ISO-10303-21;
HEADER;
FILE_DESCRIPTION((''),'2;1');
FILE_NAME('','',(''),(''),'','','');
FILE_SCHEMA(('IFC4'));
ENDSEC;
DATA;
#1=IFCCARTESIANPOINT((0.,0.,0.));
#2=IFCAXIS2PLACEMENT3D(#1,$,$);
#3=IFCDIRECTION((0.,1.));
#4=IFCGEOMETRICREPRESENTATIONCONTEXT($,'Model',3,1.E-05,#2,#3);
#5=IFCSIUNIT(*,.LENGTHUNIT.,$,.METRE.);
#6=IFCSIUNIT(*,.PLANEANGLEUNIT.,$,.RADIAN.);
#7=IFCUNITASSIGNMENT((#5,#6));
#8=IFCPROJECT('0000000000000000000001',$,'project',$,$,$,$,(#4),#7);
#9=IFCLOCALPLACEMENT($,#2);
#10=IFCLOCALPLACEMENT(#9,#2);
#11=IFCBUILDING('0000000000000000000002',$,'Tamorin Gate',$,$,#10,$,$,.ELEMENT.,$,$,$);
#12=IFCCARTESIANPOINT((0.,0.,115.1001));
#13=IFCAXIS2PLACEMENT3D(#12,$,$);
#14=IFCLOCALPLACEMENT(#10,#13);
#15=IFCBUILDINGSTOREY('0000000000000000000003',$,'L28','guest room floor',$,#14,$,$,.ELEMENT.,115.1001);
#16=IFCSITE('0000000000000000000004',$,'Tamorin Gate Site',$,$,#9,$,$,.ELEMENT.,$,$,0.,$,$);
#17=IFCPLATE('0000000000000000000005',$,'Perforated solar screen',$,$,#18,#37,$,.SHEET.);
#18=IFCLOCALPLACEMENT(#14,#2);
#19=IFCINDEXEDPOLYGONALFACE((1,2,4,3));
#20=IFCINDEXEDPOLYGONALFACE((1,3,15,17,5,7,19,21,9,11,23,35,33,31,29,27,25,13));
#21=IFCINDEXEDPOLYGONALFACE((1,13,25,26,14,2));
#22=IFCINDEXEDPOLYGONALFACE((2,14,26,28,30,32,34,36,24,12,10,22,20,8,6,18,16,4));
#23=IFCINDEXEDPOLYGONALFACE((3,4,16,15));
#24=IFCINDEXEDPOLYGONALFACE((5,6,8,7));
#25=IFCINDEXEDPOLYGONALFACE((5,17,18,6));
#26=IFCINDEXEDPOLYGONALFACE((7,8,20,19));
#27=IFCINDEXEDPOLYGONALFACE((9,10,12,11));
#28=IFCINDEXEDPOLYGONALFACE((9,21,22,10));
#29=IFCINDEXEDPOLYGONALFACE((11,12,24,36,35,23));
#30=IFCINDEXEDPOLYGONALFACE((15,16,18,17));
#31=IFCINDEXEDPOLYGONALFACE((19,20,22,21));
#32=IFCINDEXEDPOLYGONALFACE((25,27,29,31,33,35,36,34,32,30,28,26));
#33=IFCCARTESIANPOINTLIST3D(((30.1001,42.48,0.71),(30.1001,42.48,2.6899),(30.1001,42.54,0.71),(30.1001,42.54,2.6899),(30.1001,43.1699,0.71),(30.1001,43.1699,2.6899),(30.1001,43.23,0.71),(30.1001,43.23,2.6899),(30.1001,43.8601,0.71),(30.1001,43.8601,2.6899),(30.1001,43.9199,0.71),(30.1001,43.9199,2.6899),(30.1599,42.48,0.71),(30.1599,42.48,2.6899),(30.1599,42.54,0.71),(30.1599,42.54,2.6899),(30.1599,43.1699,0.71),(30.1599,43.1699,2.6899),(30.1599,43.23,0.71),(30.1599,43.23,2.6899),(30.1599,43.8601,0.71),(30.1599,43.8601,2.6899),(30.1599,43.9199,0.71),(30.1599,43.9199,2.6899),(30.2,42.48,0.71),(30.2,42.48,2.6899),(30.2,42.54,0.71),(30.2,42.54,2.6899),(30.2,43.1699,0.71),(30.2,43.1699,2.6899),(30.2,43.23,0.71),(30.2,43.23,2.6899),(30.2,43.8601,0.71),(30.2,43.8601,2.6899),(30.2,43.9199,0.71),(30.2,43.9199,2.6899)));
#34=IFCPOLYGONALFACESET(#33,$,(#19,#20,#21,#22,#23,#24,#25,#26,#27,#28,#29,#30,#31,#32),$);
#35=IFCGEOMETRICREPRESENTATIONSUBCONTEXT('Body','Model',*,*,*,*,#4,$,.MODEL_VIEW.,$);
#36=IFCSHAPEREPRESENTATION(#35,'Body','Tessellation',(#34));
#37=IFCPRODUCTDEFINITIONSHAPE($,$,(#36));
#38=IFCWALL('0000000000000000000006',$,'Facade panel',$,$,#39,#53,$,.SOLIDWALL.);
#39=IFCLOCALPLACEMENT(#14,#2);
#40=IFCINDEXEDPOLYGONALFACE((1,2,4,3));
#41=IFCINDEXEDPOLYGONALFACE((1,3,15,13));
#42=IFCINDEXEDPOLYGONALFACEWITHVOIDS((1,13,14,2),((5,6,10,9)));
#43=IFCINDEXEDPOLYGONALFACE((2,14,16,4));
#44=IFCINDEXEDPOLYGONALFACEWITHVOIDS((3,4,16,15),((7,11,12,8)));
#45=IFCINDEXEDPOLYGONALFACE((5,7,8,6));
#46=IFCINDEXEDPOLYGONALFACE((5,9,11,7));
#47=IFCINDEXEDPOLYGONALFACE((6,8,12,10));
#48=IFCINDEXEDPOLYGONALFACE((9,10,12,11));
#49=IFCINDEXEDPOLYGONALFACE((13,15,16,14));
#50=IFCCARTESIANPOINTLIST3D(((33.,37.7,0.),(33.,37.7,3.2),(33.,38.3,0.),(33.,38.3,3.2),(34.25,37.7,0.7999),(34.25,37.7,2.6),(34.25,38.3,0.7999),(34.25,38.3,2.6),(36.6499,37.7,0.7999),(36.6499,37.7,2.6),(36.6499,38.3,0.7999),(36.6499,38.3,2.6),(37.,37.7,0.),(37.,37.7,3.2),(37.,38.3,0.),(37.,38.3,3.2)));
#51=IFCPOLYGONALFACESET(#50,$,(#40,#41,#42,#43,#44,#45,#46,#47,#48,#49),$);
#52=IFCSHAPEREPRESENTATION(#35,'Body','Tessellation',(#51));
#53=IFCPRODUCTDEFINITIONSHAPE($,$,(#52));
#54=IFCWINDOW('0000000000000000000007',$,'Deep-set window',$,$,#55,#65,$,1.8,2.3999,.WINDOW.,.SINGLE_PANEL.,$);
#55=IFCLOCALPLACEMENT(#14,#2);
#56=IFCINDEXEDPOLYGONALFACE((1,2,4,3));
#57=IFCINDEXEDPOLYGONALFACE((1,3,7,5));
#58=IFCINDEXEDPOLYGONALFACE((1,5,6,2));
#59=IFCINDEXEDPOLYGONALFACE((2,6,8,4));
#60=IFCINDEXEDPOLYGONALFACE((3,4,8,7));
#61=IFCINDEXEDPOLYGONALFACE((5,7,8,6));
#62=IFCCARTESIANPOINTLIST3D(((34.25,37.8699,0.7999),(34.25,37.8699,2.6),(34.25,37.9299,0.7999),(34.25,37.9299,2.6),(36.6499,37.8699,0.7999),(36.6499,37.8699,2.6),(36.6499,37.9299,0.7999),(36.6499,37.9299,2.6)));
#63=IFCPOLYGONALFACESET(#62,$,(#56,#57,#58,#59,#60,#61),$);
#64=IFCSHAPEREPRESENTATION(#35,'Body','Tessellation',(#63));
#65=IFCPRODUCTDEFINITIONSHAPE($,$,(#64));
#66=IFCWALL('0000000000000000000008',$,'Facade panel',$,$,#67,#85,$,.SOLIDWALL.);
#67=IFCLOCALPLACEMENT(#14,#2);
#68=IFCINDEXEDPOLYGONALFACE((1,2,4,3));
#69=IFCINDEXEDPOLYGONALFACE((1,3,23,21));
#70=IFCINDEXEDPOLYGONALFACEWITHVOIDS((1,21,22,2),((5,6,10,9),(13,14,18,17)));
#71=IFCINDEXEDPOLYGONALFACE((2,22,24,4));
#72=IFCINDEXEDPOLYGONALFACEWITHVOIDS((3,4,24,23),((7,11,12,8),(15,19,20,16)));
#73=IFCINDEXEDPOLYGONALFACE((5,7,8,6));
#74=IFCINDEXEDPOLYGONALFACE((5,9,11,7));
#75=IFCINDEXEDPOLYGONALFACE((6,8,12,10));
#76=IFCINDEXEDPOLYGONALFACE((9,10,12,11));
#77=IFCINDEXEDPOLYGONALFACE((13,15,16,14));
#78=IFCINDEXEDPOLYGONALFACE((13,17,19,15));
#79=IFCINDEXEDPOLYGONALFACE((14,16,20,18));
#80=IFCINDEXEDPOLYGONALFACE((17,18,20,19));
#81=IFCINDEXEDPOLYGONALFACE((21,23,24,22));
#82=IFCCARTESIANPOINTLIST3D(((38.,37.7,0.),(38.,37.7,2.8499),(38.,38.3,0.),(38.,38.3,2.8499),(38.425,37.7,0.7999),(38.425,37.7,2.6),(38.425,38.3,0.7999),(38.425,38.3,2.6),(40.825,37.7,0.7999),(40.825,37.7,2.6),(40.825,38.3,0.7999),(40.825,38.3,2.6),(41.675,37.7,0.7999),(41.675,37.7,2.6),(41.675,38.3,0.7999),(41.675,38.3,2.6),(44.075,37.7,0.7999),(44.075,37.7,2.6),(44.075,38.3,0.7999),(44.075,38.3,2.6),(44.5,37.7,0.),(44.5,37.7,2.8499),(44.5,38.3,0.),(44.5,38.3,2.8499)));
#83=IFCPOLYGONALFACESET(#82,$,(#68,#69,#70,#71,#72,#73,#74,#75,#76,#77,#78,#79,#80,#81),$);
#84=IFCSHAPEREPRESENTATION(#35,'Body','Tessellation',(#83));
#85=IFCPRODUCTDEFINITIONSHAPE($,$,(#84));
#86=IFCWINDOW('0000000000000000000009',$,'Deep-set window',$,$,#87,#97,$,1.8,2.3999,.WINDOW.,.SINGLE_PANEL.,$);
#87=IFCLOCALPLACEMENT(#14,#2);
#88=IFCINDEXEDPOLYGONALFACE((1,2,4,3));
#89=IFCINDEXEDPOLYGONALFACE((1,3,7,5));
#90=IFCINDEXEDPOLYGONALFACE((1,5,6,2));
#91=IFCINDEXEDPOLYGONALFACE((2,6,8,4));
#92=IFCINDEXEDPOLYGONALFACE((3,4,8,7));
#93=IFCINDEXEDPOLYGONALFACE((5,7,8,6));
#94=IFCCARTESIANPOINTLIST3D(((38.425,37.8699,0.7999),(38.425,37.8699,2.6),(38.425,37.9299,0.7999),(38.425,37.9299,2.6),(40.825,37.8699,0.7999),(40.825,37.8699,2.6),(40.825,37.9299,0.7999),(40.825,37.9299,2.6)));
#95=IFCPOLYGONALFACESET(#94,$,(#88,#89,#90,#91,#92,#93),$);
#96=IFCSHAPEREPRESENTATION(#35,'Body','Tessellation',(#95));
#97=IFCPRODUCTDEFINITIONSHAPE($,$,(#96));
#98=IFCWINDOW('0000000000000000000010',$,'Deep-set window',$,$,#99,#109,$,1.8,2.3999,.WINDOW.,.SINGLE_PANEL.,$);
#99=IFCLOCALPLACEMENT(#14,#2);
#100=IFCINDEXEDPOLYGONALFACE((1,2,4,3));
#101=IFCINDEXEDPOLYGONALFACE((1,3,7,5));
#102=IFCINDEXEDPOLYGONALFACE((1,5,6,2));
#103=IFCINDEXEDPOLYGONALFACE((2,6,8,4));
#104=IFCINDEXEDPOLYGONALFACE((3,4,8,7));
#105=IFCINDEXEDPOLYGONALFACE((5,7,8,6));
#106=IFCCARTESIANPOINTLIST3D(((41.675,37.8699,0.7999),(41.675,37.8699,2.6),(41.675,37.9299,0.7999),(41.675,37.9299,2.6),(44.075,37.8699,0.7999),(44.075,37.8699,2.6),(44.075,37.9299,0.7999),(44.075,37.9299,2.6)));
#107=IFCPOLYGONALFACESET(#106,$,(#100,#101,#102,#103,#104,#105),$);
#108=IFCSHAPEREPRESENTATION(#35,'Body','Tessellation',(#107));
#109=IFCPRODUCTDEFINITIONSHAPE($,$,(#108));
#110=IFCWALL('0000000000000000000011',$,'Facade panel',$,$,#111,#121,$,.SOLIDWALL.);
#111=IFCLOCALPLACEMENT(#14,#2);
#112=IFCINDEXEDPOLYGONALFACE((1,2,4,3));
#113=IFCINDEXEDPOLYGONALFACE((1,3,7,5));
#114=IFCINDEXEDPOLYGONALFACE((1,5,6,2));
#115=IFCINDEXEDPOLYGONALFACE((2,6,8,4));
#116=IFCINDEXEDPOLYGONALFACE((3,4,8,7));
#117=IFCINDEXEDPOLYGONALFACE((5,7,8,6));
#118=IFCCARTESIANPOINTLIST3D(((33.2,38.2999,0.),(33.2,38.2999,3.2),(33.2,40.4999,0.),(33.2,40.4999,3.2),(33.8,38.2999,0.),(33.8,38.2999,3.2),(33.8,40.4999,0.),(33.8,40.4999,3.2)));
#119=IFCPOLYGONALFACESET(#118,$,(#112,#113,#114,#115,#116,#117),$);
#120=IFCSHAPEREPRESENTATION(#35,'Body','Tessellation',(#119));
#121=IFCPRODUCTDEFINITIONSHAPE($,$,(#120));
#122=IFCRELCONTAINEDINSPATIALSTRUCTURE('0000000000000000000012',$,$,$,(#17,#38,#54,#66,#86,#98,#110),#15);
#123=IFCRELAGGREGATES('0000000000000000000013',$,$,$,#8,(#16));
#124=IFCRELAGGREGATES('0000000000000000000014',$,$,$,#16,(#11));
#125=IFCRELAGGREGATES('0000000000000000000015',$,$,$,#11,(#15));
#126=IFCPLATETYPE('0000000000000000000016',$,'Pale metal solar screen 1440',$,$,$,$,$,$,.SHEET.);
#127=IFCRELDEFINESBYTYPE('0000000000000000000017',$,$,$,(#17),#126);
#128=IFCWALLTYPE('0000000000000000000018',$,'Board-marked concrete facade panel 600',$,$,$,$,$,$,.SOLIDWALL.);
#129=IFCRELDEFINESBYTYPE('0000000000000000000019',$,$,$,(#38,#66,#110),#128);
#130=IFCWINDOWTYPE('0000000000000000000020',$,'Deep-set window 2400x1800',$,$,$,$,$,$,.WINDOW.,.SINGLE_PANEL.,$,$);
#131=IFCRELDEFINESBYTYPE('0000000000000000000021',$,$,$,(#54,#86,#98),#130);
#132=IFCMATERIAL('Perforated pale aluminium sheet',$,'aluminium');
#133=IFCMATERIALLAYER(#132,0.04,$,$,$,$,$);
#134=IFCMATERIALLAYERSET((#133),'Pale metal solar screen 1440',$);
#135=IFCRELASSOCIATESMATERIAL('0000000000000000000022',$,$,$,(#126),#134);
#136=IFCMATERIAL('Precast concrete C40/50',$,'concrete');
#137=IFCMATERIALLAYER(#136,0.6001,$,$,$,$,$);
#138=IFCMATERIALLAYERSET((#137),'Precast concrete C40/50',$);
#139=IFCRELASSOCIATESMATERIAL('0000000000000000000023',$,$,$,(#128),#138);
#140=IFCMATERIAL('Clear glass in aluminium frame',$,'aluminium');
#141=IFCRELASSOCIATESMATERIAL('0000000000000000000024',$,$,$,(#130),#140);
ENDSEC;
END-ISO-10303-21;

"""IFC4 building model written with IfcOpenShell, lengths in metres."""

from ifc_helpers import new_model, si_unit, direction, frame, frame_2d, origin, place, context, subcontext, project, spatial, polyline, rectangle, outline, extrude, material, layer, layer_set, type_object, element, fill, save


model = new_model("IFC4")

# Units and contexts
model_context = context("Model", 3, precision=1e-05, world=origin(), true_north=direction((0.0, 1.0)))
body_context = subcontext(model_context, "Body", "Model", "MODEL_VIEW")
ifc_project = project(units=[si_unit("LENGTHUNIT", "METRE"), si_unit("PLANEANGLEUNIT", "RADIAN")], contexts=[model_context])

# Site, building, storey
site_placement = place(None, origin())
site = spatial("IfcSite", under=ifc_project, at=site_placement, Name="Tamorin Gate Site", CompositionType="ELEMENT", RefElevation=0.0)
building_placement = place(site_placement, origin())
building = spatial("IfcBuilding", under=site, at=building_placement, Name="Tamorin Gate", CompositionType="ELEMENT")
storey_placement = place(building_placement, frame((0.0, 0.0, 115.1001)))
storey = spatial("IfcBuildingStorey", under=building, at=storey_placement, Name="L28", Description="guest room floor", CompositionType="ELEMENT", Elevation=115.1001)

# Plate
ifc_material_1 = material(Name="Perforated pale aluminium sheet", Category="aluminium")
ifc_layer_1 = layer(ifc_material_1, 0.04)
ifc_layer_set_1 = layer_set([ifc_layer_1], Name="Pale metal solar screen 1440")
plate_type = type_object("IfcPlateType", Name="Pale metal solar screen 1440", PredefinedType="SHEET", material=ifc_layer_set_1)
plate_1_placement = place(storey_placement, frame((0.0, 0.0, 0.71)))
element("IfcPlate", 1, at=plate_1_placement, inside=storey, type_object=plate_type, Name="Perforated solar screen", PredefinedType="SHEET", context=body_context, shape_type="SweptSolid", body=[
    extrude(outline(polyline([(30.1599, 43.9199), (30.2, 43.9199), (30.2, 43.8601), (30.2, 43.23), (30.2, 43.1699), (30.2, 42.54), (30.2, 42.48), (30.1599, 42.48), (30.1001, 42.48), (30.1001, 42.54), (30.1599, 42.54), (30.1599, 43.1699), (30.1001, 43.1699), (30.1001, 43.23), (30.1599, 43.23), (30.1599, 43.8601), (30.1001, 43.8601), (30.1001, 43.9199), (30.1599, 43.9199)])), origin(), (0.0, 0.0, 1.0), 1.98),
])

# Wall, opening, window
ifc_material_2 = material(Name="Precast concrete C40/50", Category="concrete")
ifc_layer_2 = layer(ifc_material_2, 0.6001)
ifc_layer_set_2 = layer_set([ifc_layer_2], Name="Precast concrete C40/50")
wall_type = type_object("IfcWallType", Name="Board-marked concrete facade panel 600", PredefinedType="SOLIDWALL", material=ifc_layer_set_2)
wall_1_placement = place(storey_placement, frame((33.0, 38.0, 0.0), z_axis=(0.0, 0.0, 1.0), x_axis=(1.0, 0.0, 0.0)))
wall_1 = element("IfcWall", 2, at=wall_1_placement, inside=storey, type_object=wall_type, Name="Facade panel", PredefinedType="SOLIDWALL", context=body_context, shape_type="SweptSolid", body=[
    extrude(rectangle(XDim=4.0, YDim=0.6001, at=frame_2d((2.0, 0.0))), origin(), (0.0, 0.0, 1.0), 3.2),
])
opening_1_placement = place(wall_1_placement, frame((1.25, 0.0, 0.8)))
opening_1 = element("IfcOpeningElement", 3, at=opening_1_placement, cuts=wall_1, PredefinedType="OPENING", context=body_context, shape_type="SweptSolid", body=[
    extrude(rectangle(XDim=2.3999, YDim=1.8, at=frame_2d((1.2, 0.8999))), frame((0.0, 0.3101, 0.0), z_axis=(0.0, -1.0, 0.0), x_axis=(1.0, 0.0, 0.0)), (0.0, 0.0, 1.0), 0.6201),
])
ifc_material_3 = material(Name="Clear glass in aluminium frame", Category="aluminium")
window_type = type_object("IfcWindowType", Name="Deep-set window 2400x1800", PartitioningType="SINGLE_PANEL", PredefinedType="WINDOW", material=ifc_material_3)
window_1_placement = place(opening_1_placement, origin())
window_1 = element("IfcWindow", 4, at=window_1_placement, inside=storey, type_object=window_type, Name="Deep-set window", OverallHeight=1.8, OverallWidth=2.3999, PartitioningType="SINGLE_PANEL", PredefinedType="WINDOW", context=body_context, shape_type="SweptSolid", body=[
    extrude(rectangle(XDim=2.3999, YDim=1.8, at=frame_2d((1.2, 0.8999))), frame((0.0, -0.0701, 0.0), z_axis=(0.0, -1.0, 0.0), x_axis=(1.0, 0.0, 0.0)), (0.0, 0.0, 1.0), 0.0601),
])
fill(opening_1, window_1)

# Wall, openings, windows
wall_2_placement = place(storey_placement, frame((38.0, 38.0, 0.0), z_axis=(0.0, 0.0, 1.0), x_axis=(1.0, 0.0, 0.0)))
wall_2 = element("IfcWall", 5, at=wall_2_placement, inside=storey, type_object=wall_type, Name="Facade panel", PredefinedType="SOLIDWALL", context=body_context, shape_type="SweptSolid", body=[
    extrude(rectangle(XDim=6.5, YDim=0.6001, at=frame_2d((3.25, 0.0))), origin(), (0.0, 0.0, 1.0), 2.8499),
])
opening_2_placement = place(wall_2_placement, frame((0.425, 0.0, 0.8)))
opening_2 = element("IfcOpeningElement", 6, at=opening_2_placement, cuts=wall_2, PredefinedType="OPENING", context=body_context, shape_type="SweptSolid", body=[
    extrude(rectangle(XDim=2.3999, YDim=1.8, at=frame_2d((1.2, 0.8999))), frame((0.0, 0.3101, 0.0), z_axis=(0.0, -1.0, 0.0), x_axis=(1.0, 0.0, 0.0)), (0.0, 0.0, 1.0), 0.6201),
])
opening_3_placement = place(wall_2_placement, frame((3.675, 0.0, 0.8)))
opening_3 = element("IfcOpeningElement", 7, at=opening_3_placement, cuts=wall_2, PredefinedType="OPENING", context=body_context, shape_type="SweptSolid", body=[
    extrude(rectangle(XDim=2.3999, YDim=1.8, at=frame_2d((1.2, 0.8999))), frame((0.0, 0.3101, 0.0), z_axis=(0.0, -1.0, 0.0), x_axis=(1.0, 0.0, 0.0)), (0.0, 0.0, 1.0), 0.6201),
])
window_2_placement = place(opening_2_placement, origin())
window_2 = element("IfcWindow", 8, at=window_2_placement, inside=storey, type_object=window_type, Name="Deep-set window", OverallHeight=1.8, OverallWidth=2.3999, PartitioningType="SINGLE_PANEL", PredefinedType="WINDOW", context=body_context, shape_type="SweptSolid", body=[
    extrude(rectangle(XDim=2.3999, YDim=1.8, at=frame_2d((1.2, 0.8999))), frame((0.0, -0.0701, 0.0), z_axis=(0.0, -1.0, 0.0), x_axis=(1.0, 0.0, 0.0)), (0.0, 0.0, 1.0), 0.0601),
])
fill(opening_2, window_2)
window_3_placement = place(opening_3_placement, origin())
window_3 = element("IfcWindow", 9, at=window_3_placement, inside=storey, type_object=window_type, Name="Deep-set window", OverallHeight=1.8, OverallWidth=2.3999, PartitioningType="SINGLE_PANEL", PredefinedType="WINDOW", context=body_context, shape_type="SweptSolid", body=[
    extrude(rectangle(XDim=2.3999, YDim=1.8, at=frame_2d((1.2, 0.8999))), frame((0.0, -0.0701, 0.0), z_axis=(0.0, -1.0, 0.0), x_axis=(1.0, 0.0, 0.0)), (0.0, 0.0, 1.0), 0.0601),
])
fill(opening_3, window_3)

# Wall
wall_3_placement = place(storey_placement, frame((33.5, 40.5, 0.0), z_axis=(0.0, 0.0, 1.0), x_axis=(0.0, -1.0, 0.0)))
element("IfcWall", 10, at=wall_3_placement, inside=storey, type_object=wall_type, Name="Facade panel", PredefinedType="SOLIDWALL", context=body_context, shape_type="SweptSolid", body=[
    extrude(rectangle(XDim=2.2, YDim=0.6001, at=frame_2d((1.1001, 0.0))), origin(), (0.0, 0.0, 1.0), 3.2),
])

save(model, "model.ifc")
